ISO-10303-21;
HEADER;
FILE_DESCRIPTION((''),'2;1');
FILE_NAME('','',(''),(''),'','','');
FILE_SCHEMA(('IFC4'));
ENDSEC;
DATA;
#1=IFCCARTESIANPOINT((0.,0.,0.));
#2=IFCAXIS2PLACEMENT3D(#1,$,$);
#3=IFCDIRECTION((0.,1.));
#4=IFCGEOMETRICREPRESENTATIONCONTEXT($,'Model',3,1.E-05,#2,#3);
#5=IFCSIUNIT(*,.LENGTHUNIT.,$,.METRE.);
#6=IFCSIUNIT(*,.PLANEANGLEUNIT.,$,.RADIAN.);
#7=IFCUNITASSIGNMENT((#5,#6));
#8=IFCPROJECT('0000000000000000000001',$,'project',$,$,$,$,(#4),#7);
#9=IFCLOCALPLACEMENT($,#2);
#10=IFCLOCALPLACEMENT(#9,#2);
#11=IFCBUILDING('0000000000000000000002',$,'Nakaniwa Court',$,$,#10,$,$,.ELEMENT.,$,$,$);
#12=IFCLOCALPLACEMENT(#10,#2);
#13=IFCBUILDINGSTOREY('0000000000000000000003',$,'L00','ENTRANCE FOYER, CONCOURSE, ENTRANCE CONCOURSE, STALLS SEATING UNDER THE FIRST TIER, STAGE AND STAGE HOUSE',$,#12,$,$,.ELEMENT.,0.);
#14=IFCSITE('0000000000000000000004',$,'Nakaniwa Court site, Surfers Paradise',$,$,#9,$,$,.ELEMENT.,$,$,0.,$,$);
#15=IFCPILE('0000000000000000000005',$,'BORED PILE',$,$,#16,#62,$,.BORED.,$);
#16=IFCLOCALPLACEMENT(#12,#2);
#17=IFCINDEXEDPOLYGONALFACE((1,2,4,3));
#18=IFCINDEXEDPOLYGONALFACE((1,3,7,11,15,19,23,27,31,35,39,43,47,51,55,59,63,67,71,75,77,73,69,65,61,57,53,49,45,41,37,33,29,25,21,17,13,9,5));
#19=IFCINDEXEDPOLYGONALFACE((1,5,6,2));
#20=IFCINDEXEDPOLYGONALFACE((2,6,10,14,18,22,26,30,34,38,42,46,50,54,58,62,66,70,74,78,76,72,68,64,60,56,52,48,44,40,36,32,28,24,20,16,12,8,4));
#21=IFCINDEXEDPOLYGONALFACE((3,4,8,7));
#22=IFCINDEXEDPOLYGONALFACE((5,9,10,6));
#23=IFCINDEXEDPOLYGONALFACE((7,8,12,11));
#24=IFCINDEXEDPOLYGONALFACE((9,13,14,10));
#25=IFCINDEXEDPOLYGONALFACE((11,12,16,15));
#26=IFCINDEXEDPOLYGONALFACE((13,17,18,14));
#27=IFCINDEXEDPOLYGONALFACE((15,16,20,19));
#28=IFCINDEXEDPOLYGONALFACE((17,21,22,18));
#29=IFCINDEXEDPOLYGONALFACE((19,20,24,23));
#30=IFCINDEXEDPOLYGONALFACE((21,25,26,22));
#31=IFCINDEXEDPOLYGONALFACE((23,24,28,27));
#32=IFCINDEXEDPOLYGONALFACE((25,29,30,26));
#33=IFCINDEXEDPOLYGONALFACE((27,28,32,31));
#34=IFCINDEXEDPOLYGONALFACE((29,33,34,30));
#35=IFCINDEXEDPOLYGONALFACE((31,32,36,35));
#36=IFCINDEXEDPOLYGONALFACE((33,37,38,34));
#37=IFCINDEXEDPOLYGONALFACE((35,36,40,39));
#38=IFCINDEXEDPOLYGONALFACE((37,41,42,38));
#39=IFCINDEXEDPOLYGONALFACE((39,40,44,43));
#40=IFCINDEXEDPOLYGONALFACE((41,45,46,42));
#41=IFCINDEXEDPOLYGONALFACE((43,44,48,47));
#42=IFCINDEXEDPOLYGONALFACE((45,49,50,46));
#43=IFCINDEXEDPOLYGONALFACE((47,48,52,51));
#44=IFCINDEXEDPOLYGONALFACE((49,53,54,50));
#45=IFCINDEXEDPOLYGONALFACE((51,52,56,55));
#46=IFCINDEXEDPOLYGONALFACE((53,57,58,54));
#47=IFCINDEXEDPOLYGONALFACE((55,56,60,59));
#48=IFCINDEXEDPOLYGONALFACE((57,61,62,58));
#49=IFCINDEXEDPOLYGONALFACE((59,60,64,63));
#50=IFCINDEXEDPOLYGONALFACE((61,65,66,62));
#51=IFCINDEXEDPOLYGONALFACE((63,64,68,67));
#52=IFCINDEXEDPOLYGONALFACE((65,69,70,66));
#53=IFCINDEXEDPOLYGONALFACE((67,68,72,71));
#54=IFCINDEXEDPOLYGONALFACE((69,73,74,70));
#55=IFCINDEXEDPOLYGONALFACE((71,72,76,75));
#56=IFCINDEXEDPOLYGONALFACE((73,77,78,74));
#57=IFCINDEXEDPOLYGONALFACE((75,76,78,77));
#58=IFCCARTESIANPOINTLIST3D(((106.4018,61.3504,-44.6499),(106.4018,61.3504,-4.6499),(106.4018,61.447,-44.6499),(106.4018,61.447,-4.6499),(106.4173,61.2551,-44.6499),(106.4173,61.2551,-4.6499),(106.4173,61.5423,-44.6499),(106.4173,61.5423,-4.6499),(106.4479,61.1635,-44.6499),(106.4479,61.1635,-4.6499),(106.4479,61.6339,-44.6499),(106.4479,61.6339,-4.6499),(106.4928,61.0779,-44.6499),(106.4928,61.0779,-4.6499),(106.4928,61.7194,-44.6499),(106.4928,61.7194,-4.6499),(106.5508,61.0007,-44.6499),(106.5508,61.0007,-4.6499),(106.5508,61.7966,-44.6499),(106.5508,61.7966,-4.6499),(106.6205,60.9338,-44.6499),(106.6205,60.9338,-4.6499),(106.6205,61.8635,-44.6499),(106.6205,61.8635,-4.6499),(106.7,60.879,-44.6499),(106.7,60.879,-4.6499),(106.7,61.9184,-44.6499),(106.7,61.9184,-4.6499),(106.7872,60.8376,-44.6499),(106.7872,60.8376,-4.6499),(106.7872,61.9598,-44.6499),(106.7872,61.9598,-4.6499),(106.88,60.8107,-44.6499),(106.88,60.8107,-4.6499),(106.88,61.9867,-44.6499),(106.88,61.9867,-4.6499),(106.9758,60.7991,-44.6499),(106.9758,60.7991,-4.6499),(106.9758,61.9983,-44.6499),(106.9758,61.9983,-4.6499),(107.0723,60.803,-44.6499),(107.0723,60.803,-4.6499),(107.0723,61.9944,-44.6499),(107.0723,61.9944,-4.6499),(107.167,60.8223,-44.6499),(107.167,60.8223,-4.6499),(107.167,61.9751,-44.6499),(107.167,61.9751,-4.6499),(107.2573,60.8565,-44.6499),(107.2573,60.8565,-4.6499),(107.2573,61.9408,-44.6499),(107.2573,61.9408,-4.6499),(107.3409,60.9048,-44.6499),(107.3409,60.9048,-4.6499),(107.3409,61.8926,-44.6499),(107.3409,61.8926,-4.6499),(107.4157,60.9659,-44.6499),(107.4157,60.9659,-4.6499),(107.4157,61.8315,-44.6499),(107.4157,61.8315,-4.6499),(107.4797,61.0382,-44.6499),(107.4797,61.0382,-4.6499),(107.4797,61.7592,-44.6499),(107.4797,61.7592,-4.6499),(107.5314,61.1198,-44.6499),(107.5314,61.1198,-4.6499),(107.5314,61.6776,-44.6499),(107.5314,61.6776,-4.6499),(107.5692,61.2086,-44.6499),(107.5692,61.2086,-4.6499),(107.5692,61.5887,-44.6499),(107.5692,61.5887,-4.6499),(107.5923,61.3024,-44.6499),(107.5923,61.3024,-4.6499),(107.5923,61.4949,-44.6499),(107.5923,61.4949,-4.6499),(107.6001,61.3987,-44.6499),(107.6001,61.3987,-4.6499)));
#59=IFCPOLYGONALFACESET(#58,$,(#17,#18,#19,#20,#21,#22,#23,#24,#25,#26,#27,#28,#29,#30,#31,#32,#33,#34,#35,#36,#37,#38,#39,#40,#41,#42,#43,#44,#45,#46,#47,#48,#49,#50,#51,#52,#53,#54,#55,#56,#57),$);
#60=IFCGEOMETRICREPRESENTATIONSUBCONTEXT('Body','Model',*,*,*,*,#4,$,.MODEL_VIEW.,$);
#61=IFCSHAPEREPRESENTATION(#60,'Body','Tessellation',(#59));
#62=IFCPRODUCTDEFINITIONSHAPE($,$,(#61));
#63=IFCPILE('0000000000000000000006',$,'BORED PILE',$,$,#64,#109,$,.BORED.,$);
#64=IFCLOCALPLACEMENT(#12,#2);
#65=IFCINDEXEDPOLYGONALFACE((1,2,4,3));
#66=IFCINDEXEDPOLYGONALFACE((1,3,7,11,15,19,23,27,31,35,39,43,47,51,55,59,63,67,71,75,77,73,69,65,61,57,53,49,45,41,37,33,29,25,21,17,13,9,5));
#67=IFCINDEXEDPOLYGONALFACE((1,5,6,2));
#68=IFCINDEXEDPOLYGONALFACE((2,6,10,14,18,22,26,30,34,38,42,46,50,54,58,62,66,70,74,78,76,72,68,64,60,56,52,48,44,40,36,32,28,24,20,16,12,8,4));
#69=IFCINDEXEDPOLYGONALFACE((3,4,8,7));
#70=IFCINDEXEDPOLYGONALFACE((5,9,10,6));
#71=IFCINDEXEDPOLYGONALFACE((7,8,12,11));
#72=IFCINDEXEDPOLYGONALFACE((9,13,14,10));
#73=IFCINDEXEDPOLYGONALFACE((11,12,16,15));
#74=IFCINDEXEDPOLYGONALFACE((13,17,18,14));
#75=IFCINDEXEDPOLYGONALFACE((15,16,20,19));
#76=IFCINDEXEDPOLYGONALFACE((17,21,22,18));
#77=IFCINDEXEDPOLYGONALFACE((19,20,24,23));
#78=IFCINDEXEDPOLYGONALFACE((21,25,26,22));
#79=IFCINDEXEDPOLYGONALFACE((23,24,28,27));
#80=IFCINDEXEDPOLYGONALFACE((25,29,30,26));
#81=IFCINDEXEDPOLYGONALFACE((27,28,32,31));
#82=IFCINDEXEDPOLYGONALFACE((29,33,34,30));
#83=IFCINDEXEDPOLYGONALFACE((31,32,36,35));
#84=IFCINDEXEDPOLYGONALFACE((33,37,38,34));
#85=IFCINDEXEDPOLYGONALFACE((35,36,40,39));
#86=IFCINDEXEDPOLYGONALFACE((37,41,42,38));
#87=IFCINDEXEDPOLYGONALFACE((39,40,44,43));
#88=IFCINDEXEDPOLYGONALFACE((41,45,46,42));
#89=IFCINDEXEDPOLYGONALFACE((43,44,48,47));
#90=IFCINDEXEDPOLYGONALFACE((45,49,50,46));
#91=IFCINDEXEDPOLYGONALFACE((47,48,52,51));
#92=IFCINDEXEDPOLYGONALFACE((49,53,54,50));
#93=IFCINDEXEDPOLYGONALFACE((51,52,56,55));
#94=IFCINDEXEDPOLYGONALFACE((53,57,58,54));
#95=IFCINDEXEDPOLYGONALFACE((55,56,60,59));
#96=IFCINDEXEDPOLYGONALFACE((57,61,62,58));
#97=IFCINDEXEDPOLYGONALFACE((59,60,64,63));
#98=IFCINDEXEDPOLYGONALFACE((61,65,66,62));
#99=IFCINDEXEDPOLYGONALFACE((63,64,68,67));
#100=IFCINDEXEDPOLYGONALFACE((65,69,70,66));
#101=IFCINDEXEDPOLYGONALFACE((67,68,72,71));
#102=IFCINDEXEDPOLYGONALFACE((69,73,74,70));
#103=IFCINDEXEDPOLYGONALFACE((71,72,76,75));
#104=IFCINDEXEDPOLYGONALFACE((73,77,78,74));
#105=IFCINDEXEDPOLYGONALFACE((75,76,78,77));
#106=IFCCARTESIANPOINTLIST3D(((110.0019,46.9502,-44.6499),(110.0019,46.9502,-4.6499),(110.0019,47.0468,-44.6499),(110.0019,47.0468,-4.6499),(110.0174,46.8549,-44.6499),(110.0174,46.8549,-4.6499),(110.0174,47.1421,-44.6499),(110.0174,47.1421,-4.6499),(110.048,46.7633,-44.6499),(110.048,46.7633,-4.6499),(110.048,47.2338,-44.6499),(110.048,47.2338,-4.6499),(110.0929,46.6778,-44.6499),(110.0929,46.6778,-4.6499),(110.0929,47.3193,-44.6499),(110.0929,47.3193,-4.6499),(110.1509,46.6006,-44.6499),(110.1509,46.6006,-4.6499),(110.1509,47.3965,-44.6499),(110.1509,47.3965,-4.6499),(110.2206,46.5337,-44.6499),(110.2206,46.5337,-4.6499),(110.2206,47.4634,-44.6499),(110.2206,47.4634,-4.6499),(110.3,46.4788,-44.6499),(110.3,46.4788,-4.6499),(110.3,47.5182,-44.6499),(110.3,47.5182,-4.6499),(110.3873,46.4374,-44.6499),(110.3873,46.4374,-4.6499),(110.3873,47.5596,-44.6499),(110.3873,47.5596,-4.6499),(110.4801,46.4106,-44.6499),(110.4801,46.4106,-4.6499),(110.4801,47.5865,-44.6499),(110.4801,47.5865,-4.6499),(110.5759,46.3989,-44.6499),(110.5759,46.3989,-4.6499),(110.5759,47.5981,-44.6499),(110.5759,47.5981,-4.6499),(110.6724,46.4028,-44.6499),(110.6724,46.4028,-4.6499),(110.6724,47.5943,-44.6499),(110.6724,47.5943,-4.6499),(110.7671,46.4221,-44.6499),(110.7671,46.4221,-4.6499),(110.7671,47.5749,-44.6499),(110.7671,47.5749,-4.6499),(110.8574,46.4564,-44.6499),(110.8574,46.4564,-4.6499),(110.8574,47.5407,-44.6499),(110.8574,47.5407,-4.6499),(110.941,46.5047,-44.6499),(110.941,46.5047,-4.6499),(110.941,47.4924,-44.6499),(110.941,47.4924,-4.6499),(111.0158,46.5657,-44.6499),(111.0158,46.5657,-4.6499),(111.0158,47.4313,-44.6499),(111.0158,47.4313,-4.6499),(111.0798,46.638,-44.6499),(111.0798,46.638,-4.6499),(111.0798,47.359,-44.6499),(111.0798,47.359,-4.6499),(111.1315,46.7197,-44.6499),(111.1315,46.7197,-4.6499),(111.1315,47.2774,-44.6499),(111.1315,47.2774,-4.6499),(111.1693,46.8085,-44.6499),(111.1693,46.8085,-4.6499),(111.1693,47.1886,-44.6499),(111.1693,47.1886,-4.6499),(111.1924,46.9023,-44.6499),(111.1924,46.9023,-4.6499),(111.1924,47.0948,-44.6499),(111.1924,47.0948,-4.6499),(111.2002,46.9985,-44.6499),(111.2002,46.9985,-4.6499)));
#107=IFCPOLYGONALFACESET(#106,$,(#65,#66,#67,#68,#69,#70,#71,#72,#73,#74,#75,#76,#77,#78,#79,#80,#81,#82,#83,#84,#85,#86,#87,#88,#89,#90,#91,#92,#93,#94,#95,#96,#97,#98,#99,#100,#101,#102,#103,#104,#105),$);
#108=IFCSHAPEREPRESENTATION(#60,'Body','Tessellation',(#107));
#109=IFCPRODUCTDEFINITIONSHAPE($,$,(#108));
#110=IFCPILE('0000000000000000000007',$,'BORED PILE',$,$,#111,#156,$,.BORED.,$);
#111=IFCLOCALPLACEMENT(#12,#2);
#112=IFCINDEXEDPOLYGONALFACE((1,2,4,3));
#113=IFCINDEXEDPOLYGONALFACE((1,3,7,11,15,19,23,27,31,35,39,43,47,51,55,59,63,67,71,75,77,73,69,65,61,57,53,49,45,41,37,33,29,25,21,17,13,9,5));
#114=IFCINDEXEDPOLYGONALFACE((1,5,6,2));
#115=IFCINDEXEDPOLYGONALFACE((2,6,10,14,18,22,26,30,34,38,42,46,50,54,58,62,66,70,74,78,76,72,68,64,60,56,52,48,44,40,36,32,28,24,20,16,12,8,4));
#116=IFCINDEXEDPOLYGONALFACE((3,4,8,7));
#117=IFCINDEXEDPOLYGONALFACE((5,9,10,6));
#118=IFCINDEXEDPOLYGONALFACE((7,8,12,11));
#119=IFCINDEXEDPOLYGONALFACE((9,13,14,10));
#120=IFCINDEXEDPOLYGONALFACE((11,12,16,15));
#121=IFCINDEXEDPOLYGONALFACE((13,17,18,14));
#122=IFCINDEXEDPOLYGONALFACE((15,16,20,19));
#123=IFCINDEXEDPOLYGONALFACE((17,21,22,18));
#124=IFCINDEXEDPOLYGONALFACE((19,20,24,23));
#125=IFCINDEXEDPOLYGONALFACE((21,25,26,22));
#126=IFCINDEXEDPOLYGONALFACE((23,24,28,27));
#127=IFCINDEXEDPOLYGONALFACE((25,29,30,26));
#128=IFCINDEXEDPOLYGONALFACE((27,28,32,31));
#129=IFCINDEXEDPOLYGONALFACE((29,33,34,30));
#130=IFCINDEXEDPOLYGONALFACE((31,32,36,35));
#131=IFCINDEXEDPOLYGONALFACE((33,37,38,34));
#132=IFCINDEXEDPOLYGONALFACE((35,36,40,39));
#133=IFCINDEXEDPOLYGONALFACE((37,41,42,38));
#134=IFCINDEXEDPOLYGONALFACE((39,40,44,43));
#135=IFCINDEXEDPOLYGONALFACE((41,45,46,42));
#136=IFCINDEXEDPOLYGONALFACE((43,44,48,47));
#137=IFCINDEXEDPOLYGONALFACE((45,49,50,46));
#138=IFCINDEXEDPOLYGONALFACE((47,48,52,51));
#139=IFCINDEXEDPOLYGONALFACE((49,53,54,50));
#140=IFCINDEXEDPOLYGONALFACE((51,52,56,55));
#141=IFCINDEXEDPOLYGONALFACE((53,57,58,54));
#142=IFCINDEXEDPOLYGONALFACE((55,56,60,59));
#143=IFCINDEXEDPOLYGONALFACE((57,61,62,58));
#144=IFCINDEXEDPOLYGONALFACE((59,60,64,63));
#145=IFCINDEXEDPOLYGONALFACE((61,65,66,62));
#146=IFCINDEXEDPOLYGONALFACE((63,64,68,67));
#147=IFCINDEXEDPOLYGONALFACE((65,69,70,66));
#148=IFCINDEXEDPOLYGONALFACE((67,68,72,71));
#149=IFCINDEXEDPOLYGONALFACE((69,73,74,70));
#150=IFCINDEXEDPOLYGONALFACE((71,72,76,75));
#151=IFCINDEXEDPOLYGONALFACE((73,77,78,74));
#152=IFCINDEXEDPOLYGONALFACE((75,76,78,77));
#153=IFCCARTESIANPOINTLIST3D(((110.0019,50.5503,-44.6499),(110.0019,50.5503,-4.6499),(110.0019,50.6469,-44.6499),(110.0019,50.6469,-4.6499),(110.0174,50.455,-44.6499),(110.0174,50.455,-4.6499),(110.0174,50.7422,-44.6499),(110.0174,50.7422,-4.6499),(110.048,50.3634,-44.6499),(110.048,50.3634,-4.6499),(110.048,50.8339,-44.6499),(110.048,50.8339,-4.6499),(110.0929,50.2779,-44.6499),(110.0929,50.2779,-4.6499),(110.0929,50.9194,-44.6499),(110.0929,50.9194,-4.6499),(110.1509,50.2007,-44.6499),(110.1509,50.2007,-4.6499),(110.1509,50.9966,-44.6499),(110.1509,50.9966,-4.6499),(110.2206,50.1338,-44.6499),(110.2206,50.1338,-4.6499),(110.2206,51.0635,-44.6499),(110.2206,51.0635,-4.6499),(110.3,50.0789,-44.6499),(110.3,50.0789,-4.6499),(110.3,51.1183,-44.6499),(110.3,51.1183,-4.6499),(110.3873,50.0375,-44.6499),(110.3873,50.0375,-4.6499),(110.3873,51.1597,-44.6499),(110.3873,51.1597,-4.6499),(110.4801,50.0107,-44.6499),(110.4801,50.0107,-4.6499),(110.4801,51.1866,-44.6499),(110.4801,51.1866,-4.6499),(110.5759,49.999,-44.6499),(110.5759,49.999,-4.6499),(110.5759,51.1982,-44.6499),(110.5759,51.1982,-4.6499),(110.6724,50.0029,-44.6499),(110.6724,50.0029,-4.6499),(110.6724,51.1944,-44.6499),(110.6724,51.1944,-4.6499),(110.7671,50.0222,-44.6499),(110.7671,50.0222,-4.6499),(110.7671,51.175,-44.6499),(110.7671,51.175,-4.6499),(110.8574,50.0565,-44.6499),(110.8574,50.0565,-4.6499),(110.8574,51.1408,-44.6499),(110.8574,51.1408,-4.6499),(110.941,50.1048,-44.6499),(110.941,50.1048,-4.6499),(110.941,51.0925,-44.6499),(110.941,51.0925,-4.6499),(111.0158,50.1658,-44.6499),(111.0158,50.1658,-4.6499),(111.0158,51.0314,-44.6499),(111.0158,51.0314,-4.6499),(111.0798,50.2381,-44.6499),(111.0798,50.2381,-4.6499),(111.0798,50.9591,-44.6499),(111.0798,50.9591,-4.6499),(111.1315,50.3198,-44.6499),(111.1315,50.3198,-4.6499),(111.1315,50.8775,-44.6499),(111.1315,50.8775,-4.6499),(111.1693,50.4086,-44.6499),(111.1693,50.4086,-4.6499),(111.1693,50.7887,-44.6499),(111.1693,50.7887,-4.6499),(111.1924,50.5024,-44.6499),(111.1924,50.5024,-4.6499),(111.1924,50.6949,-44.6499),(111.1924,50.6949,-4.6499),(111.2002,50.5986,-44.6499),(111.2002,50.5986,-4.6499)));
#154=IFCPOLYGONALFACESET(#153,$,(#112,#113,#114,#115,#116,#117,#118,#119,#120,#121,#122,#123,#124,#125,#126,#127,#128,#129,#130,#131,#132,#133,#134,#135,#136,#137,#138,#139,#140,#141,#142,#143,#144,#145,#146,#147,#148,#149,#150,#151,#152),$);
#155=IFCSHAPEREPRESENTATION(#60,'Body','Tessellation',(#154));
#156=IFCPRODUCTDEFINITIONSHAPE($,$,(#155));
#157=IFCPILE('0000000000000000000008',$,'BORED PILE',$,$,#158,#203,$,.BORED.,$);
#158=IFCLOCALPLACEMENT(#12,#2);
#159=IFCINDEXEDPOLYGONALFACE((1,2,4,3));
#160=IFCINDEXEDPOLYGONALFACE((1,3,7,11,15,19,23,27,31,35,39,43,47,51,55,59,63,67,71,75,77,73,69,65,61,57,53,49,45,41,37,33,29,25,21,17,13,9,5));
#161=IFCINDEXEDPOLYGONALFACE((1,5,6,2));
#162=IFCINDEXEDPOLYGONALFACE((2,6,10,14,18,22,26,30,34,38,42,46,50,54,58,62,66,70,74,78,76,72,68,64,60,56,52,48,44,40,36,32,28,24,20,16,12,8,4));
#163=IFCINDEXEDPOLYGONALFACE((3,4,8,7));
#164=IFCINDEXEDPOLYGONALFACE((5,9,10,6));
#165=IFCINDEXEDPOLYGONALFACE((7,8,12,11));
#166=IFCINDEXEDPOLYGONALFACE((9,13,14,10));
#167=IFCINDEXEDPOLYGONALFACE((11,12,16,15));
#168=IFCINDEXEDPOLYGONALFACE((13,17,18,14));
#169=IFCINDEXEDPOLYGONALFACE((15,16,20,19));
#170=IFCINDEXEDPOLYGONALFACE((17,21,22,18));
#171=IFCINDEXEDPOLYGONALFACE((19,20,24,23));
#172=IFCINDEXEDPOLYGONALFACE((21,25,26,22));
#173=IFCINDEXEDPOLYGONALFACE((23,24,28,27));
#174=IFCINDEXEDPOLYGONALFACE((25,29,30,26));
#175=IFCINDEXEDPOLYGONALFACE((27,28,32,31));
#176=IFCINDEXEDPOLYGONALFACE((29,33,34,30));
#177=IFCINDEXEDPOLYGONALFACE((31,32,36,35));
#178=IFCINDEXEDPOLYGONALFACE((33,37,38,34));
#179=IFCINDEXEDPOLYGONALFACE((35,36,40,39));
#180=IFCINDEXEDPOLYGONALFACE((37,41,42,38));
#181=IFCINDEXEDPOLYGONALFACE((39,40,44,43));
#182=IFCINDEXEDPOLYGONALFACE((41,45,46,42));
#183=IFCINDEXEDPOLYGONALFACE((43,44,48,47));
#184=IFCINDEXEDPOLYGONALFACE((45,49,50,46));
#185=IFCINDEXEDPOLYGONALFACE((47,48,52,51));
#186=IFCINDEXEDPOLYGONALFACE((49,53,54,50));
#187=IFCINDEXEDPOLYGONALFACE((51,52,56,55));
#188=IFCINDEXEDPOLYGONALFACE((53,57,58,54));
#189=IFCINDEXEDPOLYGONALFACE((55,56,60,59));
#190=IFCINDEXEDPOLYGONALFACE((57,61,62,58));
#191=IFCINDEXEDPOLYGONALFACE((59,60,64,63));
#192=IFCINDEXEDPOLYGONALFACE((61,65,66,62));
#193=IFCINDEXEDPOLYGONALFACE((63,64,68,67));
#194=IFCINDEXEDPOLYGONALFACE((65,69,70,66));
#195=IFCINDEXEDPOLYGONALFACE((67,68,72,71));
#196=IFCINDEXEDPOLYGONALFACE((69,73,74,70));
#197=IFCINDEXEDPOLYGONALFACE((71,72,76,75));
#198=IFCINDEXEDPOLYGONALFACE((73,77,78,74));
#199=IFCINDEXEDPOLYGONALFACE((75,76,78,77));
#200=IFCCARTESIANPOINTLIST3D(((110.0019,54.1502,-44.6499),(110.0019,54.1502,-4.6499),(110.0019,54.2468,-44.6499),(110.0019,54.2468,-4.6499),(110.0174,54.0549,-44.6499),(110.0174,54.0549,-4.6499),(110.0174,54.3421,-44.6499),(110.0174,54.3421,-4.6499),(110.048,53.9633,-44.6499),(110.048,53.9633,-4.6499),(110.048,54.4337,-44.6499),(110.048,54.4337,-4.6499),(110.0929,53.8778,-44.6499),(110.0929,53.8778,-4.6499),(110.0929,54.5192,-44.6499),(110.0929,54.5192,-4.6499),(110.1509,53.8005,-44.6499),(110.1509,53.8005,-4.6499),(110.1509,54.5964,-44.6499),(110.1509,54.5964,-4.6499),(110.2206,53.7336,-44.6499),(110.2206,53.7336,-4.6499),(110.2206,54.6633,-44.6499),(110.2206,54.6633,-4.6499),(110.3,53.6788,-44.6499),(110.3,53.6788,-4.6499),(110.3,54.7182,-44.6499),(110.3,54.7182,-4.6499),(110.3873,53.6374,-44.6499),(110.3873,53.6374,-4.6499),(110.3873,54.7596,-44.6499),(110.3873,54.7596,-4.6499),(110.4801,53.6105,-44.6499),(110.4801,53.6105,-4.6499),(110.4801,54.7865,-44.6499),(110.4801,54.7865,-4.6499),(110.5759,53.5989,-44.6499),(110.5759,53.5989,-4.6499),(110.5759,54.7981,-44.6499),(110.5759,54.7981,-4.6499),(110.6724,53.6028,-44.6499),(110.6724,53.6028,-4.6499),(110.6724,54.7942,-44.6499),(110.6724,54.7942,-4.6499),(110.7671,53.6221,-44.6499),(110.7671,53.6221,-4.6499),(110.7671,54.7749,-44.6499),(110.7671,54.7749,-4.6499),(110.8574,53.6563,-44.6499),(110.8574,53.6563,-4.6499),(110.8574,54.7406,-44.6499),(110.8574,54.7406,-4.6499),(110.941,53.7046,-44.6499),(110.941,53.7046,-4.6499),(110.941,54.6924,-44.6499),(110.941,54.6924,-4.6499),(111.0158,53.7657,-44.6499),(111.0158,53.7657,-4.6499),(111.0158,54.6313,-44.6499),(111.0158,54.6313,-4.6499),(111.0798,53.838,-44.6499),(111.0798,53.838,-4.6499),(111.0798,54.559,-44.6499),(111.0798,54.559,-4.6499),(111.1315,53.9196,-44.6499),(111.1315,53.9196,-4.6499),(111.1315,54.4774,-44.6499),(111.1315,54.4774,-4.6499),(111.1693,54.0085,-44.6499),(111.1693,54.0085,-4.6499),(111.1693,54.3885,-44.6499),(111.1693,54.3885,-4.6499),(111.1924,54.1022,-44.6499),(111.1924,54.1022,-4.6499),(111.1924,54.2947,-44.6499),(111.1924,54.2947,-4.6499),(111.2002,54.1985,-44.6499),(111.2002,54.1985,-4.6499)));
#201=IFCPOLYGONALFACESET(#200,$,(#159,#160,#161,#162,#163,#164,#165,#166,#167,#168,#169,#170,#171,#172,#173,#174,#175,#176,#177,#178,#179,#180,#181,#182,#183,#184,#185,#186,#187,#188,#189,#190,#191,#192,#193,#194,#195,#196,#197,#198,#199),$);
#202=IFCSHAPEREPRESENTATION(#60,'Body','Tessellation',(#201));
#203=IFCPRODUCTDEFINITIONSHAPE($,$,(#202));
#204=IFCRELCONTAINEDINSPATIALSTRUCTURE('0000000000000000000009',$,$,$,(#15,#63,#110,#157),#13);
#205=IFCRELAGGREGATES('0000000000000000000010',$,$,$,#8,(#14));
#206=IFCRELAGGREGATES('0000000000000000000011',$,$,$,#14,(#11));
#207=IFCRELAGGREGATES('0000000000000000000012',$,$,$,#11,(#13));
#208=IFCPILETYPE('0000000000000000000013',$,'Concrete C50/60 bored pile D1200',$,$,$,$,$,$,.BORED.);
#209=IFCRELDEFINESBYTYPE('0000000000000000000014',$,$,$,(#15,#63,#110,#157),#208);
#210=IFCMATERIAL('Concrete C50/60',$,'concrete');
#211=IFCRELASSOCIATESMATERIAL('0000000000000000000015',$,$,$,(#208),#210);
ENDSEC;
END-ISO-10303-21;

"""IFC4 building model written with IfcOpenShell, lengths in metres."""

from ifc_helpers import new_model, si_unit, direction, frame, origin, origin_2d, place, context, subcontext, project, spatial, circle, extrude, material, material_profile, profile_set, type_object, element, save


model = new_model("IFC4")

# Units and contexts
model_context = context("Model", 3, precision=1e-05, world=origin(), true_north=direction((0.0, 1.0)))
body_context = subcontext(model_context, "Body", "Model", "MODEL_VIEW")
ifc_project = project(units=[si_unit("LENGTHUNIT", "METRE"), si_unit("PLANEANGLEUNIT", "RADIAN")], contexts=[model_context])

# Site, building, storey
site_placement = place(None, origin())
site = spatial("IfcSite", under=ifc_project, at=site_placement, Name="Nakaniwa Court site, Surfers Paradise", CompositionType="ELEMENT", RefElevation=0.0)
building_placement = place(site_placement, origin())
building = spatial("IfcBuilding", under=site, at=building_placement, Name="Nakaniwa Court", CompositionType="ELEMENT")
storey_placement = place(building_placement, origin())
storey = spatial("IfcBuildingStorey", under=building, at=storey_placement, Name="L00", Description="ENTRANCE FOYER, CONCOURSE, ENTRANCE CONCOURSE, STALLS SEATING UNDER THE FIRST TIER, STAGE AND STAGE HOUSE", CompositionType="ELEMENT", Elevation=0.0)

# Piles
ifc_material_1 = material(Name="Concrete C50/60", Category="concrete")
ifc_material_profile_1 = material_profile(ifc_material_1, circle(Radius=0.6001, at=origin_2d()), Name="Concrete C50/60 bored pile D1200")
ifc_profile_set_1 = profile_set([ifc_material_profile_1], Name="Concrete C50/60")
pile_type = type_object("IfcPileType", Name="Concrete C50/60 bored pile D1200", PredefinedType="BORED", material=ifc_profile_set_1)
for number, where, z_axis, x_axis, name in (
    (1, (107.0, 61.3987, -4.6499), (0.0, 0.0, -1.0), (1.0, 0.0, 0.0), "BORED PILE"),
    (2, (110.6001, 46.9985, -4.6499), (0.0, 0.0, -1.0), (1.0, 0.0, 0.0), "BORED PILE"),
    (3, (110.6001, 50.5986, -4.6499), (0.0, 0.0, -1.0), (1.0, 0.0, 0.0), "BORED PILE"),
    (4, (110.6001, 54.1985, -4.6499), (0.0, 0.0, -1.0), (1.0, 0.0, 0.0), "BORED PILE"),
):
    element("IfcPile", number, at=place(storey_placement, frame(where, z_axis=z_axis, x_axis=x_axis)), inside=storey, type_object=pile_type, Name=name, PredefinedType="BORED", context=body_context, shape_type="SweptSolid", body=[
        extrude(circle(Radius=0.6001, at=origin_2d()), origin(), (0.0, 0.0, 1.0), 40.0),
    ])

save(model, "model.ifc")
